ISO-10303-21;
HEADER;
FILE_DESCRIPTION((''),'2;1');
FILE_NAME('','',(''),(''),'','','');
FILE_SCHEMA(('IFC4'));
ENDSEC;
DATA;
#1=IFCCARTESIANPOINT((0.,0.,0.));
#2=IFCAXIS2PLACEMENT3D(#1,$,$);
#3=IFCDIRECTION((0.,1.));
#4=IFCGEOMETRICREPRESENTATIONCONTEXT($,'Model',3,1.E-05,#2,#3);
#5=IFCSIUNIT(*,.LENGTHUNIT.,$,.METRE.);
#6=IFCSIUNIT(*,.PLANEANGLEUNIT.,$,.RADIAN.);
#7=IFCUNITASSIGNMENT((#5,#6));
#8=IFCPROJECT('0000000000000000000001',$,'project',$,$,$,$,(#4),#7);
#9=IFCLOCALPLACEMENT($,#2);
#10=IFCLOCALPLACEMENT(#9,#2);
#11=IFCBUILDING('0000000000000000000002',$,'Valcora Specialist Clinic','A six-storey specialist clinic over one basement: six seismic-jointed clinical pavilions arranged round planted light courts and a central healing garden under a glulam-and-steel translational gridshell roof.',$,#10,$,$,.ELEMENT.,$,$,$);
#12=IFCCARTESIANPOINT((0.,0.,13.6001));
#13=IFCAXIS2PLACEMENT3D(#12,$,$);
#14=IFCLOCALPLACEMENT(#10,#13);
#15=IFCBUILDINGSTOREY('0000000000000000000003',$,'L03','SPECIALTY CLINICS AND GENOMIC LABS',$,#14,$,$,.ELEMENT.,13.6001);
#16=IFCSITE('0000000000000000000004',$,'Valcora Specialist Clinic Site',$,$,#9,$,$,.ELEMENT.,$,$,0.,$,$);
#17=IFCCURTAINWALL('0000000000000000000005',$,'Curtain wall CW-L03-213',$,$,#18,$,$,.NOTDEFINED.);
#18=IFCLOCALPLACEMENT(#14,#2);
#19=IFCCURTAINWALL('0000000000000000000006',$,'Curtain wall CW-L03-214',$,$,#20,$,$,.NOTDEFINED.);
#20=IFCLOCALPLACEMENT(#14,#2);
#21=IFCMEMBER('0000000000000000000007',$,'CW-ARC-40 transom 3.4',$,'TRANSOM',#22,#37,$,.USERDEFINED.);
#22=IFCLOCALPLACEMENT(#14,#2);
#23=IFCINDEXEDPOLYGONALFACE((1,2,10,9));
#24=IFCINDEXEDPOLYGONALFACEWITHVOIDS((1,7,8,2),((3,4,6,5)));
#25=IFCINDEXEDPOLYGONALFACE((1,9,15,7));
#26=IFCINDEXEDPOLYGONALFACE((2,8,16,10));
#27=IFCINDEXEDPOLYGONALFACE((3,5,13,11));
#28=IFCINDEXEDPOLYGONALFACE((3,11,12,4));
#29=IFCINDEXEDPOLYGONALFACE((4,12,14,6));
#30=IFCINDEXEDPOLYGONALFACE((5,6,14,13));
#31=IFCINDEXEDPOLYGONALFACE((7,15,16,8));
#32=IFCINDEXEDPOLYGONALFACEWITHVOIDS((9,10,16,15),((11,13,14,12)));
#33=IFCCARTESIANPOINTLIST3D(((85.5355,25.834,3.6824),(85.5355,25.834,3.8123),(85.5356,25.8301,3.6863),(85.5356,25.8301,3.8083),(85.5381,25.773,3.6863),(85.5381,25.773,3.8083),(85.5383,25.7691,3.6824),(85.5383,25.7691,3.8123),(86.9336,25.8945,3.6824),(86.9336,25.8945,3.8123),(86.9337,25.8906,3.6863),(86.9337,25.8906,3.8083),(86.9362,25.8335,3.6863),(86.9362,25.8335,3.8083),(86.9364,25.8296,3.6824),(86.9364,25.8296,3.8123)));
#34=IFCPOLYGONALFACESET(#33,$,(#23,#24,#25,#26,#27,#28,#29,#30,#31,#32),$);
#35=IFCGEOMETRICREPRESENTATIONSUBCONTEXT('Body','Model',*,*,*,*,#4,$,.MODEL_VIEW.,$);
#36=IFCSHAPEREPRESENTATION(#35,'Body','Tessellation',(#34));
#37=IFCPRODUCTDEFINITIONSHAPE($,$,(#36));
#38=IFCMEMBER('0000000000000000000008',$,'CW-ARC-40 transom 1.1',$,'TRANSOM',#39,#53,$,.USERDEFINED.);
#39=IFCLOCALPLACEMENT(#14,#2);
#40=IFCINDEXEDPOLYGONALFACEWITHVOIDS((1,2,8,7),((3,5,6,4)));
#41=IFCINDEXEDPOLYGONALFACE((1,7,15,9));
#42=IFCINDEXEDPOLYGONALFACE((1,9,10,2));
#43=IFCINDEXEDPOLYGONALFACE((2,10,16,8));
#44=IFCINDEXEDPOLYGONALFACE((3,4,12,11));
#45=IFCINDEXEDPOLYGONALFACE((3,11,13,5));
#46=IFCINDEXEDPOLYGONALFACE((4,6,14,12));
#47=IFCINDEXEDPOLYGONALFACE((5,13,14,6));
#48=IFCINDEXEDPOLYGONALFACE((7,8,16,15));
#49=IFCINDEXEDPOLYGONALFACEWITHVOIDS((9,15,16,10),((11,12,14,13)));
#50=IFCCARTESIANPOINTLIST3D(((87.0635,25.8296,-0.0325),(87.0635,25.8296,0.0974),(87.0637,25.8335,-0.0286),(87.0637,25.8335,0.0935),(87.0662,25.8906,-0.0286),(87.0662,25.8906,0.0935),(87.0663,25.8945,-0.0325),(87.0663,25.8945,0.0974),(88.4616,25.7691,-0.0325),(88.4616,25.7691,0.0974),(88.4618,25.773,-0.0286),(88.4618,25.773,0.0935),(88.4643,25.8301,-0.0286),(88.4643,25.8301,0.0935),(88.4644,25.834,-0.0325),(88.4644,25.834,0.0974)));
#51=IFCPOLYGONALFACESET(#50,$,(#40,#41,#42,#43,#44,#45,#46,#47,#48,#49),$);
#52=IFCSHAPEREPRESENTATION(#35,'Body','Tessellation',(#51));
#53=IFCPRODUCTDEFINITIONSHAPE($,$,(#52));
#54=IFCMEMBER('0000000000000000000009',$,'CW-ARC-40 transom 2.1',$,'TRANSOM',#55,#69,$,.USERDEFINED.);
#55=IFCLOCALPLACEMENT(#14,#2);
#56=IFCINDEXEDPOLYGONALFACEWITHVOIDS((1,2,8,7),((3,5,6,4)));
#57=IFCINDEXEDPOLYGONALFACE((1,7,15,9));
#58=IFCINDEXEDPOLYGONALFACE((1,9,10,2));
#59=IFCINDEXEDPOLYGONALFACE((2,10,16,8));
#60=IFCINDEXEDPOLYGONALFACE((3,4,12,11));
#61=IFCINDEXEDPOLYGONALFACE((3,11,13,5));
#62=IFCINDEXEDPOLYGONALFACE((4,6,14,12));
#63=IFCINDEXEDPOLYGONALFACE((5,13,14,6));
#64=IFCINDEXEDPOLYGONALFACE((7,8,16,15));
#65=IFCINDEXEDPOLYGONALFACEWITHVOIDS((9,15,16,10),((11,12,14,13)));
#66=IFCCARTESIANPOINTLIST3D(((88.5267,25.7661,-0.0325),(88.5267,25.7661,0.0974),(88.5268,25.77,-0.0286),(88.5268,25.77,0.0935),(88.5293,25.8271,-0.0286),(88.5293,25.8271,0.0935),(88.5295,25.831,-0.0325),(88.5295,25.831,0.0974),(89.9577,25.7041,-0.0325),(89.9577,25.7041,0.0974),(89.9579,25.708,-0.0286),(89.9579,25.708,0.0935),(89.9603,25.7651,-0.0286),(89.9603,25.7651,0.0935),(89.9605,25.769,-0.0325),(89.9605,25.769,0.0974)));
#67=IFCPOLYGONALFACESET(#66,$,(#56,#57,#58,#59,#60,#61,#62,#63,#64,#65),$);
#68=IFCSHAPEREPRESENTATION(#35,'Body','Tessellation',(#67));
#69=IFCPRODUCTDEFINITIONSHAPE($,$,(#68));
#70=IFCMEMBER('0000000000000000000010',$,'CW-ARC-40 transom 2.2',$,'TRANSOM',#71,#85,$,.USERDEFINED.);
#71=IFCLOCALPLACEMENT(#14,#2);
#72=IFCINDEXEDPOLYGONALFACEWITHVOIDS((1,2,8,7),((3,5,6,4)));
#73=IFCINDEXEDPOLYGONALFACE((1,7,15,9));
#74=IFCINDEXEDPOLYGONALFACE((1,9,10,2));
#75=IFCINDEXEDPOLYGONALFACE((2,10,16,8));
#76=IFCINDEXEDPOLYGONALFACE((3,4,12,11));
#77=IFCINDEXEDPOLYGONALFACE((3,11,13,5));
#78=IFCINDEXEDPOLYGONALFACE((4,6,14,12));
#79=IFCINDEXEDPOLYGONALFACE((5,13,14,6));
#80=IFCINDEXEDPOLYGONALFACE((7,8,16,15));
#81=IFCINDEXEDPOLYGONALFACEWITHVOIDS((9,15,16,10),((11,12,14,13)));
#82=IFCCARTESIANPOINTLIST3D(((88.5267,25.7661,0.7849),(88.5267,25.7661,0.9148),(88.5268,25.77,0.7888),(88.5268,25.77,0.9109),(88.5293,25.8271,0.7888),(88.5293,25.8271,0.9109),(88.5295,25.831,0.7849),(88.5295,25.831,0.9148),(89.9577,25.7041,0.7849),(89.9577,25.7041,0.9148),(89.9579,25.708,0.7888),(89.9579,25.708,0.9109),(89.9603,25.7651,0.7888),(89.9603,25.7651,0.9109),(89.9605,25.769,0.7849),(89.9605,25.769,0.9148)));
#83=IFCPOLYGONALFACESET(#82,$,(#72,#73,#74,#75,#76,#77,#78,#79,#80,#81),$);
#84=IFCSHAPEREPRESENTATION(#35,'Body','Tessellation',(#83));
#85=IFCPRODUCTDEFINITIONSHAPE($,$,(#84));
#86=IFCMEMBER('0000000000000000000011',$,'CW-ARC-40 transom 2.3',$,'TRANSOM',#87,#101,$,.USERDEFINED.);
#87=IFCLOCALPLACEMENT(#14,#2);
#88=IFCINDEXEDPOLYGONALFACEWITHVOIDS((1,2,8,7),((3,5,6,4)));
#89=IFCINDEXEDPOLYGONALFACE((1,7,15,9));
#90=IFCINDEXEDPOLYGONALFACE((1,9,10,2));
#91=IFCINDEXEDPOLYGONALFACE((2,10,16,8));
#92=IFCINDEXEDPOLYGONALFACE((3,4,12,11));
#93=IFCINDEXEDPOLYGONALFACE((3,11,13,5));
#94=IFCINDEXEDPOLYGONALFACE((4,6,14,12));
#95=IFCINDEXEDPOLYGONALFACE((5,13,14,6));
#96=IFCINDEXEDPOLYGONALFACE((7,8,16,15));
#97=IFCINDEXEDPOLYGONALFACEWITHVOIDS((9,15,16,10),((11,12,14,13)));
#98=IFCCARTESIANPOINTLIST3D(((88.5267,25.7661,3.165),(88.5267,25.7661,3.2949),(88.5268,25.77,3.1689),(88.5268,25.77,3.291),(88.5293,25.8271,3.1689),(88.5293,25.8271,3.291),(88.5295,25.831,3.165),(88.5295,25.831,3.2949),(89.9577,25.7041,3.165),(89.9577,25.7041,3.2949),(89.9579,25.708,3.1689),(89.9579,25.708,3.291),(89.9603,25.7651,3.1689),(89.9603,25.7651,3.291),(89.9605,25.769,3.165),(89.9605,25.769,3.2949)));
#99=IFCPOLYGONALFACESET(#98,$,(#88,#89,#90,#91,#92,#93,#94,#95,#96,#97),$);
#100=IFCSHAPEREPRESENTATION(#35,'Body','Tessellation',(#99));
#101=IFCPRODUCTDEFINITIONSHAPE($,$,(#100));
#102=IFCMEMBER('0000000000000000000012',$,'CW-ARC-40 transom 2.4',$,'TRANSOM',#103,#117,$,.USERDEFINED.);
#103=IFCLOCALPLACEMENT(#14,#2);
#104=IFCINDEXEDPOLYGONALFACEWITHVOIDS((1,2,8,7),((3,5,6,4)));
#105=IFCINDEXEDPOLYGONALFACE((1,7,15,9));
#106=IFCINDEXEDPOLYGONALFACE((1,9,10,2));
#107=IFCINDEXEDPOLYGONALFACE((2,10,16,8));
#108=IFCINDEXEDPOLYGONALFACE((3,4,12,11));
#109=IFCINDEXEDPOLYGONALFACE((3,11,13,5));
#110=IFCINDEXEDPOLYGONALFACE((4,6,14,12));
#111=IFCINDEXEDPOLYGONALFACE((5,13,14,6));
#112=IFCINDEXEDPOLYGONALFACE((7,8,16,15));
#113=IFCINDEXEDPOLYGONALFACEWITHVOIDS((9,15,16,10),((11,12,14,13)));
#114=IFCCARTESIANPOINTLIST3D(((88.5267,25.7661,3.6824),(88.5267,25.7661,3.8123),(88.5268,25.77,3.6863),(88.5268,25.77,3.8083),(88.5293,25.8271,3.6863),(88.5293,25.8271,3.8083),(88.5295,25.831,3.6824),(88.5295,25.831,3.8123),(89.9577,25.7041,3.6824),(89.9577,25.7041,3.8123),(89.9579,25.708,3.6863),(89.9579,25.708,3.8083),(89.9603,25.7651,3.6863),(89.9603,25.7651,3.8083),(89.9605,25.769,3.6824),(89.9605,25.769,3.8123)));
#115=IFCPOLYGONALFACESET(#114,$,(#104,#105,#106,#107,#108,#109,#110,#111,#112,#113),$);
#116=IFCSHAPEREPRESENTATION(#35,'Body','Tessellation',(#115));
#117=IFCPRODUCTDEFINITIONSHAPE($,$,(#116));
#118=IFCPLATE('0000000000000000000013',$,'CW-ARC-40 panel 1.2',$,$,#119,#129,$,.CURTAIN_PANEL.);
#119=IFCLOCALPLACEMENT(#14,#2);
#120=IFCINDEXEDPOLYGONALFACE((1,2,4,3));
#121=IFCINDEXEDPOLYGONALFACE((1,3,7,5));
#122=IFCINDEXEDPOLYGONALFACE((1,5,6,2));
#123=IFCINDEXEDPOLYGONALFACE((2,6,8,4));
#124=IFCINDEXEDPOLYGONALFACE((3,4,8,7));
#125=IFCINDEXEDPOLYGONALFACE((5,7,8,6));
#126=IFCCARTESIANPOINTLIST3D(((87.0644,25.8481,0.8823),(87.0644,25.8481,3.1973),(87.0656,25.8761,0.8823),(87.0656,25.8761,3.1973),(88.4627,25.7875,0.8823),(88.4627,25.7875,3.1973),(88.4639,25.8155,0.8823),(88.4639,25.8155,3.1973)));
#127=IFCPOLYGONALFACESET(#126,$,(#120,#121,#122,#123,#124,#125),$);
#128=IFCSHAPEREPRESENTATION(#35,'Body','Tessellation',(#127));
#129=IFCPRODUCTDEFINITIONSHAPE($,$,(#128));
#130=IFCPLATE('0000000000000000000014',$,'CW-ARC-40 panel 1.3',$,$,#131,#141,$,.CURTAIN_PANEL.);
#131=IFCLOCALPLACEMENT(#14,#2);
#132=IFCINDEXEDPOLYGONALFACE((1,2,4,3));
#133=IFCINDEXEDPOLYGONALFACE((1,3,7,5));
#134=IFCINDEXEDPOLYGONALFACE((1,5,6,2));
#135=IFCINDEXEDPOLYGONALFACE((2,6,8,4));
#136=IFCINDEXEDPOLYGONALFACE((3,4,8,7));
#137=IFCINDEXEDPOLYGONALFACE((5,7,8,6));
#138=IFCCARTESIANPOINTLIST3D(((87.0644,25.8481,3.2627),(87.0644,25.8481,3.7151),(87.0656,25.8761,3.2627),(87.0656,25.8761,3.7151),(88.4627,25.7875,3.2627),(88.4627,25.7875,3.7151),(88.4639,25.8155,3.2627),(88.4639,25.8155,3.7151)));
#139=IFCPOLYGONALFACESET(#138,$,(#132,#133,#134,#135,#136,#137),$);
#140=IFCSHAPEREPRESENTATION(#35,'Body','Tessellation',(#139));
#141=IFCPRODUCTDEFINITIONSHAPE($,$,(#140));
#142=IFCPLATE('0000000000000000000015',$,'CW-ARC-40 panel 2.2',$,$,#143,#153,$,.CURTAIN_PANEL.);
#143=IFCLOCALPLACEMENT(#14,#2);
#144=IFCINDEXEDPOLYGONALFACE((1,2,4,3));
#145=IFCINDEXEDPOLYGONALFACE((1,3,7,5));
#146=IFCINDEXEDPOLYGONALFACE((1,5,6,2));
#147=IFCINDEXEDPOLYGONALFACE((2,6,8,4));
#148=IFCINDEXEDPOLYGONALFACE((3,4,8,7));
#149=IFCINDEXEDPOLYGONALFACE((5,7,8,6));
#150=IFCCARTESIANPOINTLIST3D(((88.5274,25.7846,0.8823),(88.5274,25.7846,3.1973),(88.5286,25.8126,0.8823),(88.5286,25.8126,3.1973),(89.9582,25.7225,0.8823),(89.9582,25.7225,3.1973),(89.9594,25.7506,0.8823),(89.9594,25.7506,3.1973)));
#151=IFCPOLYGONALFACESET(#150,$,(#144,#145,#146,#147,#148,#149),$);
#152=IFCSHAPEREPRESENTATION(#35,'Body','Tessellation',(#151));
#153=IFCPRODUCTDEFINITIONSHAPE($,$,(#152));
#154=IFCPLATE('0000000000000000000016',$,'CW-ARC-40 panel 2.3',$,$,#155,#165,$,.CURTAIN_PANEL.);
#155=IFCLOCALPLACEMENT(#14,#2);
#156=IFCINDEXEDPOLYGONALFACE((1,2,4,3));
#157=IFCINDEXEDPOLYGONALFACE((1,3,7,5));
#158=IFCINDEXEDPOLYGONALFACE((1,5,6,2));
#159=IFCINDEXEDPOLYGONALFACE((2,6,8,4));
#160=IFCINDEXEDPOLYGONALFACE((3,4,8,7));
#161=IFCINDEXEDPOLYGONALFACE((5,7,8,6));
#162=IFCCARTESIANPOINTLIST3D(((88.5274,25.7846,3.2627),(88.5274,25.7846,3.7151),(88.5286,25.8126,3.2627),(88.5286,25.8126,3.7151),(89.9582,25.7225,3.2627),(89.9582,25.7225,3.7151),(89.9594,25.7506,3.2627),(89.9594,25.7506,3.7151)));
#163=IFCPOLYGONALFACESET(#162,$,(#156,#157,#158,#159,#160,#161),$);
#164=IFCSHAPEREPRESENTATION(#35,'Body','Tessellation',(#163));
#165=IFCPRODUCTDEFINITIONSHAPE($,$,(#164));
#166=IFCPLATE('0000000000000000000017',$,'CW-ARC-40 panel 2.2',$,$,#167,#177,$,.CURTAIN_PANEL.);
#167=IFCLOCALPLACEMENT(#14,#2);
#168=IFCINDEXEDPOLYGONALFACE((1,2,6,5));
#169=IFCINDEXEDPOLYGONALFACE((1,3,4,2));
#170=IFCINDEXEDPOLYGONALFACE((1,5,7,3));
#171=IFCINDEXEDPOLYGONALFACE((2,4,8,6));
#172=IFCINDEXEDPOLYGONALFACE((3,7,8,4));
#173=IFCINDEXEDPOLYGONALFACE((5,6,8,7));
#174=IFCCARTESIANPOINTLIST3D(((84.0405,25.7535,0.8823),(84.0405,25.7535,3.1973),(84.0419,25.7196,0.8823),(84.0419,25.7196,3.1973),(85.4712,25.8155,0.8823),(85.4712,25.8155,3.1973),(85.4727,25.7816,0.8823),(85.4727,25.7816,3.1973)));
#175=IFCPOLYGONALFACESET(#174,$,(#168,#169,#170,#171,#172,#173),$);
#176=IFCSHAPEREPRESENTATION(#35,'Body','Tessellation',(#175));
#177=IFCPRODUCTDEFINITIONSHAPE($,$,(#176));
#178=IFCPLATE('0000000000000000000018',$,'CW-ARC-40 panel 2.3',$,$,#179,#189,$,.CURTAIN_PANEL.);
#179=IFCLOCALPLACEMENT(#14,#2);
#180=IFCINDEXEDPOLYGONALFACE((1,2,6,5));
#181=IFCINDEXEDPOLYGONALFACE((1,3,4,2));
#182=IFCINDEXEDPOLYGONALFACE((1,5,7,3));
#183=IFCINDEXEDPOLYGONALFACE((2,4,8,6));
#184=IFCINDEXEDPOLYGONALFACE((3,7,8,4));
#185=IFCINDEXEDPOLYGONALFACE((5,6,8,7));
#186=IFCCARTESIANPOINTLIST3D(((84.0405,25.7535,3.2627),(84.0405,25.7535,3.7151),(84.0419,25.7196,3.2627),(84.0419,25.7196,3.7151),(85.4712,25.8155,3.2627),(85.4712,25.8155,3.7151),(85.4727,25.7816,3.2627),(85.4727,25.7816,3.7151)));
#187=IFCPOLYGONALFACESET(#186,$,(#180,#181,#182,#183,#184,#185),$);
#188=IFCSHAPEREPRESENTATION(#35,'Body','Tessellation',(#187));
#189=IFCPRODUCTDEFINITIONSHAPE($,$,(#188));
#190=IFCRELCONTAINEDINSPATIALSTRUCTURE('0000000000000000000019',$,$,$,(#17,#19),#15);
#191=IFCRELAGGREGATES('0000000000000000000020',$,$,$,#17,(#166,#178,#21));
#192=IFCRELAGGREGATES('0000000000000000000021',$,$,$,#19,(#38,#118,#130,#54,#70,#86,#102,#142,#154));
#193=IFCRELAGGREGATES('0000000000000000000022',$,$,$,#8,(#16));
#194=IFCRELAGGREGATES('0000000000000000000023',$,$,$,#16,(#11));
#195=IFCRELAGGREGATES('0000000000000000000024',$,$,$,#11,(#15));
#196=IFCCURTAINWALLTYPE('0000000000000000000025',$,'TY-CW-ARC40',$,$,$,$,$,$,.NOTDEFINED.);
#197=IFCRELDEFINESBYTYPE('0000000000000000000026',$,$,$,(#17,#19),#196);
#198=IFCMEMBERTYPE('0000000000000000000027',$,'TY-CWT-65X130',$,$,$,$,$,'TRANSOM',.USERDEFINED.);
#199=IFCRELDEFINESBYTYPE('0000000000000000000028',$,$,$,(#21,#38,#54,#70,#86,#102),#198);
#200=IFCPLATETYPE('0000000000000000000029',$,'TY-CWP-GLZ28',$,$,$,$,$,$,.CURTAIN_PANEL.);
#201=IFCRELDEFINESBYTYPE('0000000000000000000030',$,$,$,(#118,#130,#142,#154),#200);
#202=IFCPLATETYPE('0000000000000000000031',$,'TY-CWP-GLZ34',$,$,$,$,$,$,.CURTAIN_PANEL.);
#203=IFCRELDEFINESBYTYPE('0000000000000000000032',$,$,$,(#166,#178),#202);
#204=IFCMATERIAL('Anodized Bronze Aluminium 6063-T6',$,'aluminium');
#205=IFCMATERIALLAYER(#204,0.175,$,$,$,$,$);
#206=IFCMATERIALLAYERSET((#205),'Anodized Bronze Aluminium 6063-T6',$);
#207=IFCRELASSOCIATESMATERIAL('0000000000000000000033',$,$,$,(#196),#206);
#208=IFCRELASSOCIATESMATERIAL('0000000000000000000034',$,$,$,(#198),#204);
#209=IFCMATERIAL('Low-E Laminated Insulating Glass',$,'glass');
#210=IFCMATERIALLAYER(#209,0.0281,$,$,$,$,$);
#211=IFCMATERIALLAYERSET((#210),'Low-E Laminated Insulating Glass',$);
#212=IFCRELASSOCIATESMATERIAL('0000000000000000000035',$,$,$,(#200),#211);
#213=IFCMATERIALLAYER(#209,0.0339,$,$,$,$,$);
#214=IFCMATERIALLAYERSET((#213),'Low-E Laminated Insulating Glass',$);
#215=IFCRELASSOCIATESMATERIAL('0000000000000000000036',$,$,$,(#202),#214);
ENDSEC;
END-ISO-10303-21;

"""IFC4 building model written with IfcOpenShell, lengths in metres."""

from ifc_helpers import new_model, si_unit, direction, frame, origin, origin_2d, place, context, subcontext, project, spatial, rectangle, hollow_rectangle, extrude, material, layer, layer_set, material_profile, profile_set, type_object, element, aggregate, save


model = new_model("IFC4")

# Units and contexts
model_context = context("Model", 3, precision=1e-05, world=origin(), true_north=direction((0.0, 1.0)))
body_context = subcontext(model_context, "Body", "Model", "MODEL_VIEW")
ifc_project = project(units=[si_unit("LENGTHUNIT", "METRE"), si_unit("PLANEANGLEUNIT", "RADIAN")], contexts=[model_context])

# Site, building, storey
site_placement = place(None, origin())
site = spatial("IfcSite", under=ifc_project, at=site_placement, Name="Valcora Specialist Clinic Site", CompositionType="ELEMENT", RefElevation=0.0)
building_placement = place(site_placement, origin())
building = spatial("IfcBuilding", under=site, at=building_placement, Name="Valcora Specialist Clinic", Description="A six-storey specialist clinic over one basement: six seismic-jointed clinical pavilions arranged round planted light courts and a central healing garden under a glulam-and-steel translational gridshell roof.", CompositionType="ELEMENT")
storey_placement = place(building_placement, frame((0.0, 0.0, 13.6001)))
storey = spatial("IfcBuildingStorey", under=building, at=storey_placement, Name="L03", Description="SPECIALTY CLINICS AND GENOMIC LABS", CompositionType="ELEMENT", Elevation=13.6001)

# Curtain walls
ifc_material_1 = material(Name="Anodized Bronze Aluminium 6063-T6", Category="aluminium")
ifc_layer_1 = layer(ifc_material_1, 0.175)
ifc_layer_set_1 = layer_set([ifc_layer_1], Name="Anodized Bronze Aluminium 6063-T6")
curtain_wall_type = type_object("IfcCurtainWallType", Name="TY-CW-ARC40", PredefinedType="NOTDEFINED", material=ifc_layer_set_1)
curtain_wall_1_placement = place(storey_placement, origin())
curtain_wall_1 = element("IfcCurtainWall", 1, at=curtain_wall_1_placement, inside=storey, type_object=curtain_wall_type, Name="Curtain wall CW-L03-213", PredefinedType="NOTDEFINED")
curtain_wall_2_placement = place(storey_placement, origin())
curtain_wall_2 = element("IfcCurtainWall", 2, at=curtain_wall_2_placement, inside=storey, type_object=curtain_wall_type, Name="Curtain wall CW-L03-214", PredefinedType="NOTDEFINED")

# Members
ifc_material_profile_1 = material_profile(ifc_material_1, hollow_rectangle(XDim=0.0649, YDim=0.1299, WallThickness=0.0039, at=origin_2d()), Name="AL-TRN-65X130")
ifc_profile_set_1 = profile_set([ifc_material_profile_1], Name="Anodized Bronze Aluminium 6063-T6")
member_type_1 = type_object("IfcMemberType", Name="TY-CWT-65X130", ElementType="TRANSOM", PredefinedType="USERDEFINED", material=ifc_profile_set_1)
member_1_placement = place(storey_placement, frame((85.5369, 25.8015, 3.7473), z_axis=(0.999064, 0.043263, 0.0), x_axis=(-0.043263, 0.999064, 0.0)))
member_1 = element("IfcMember", 3, at=member_1_placement, type_object=member_type_1, Name="CW-ARC-40 transom 3.4", ObjectType="TRANSOM", PredefinedType="USERDEFINED", context=body_context, shape_type="SweptSolid", body=[
    extrude(hollow_rectangle(XDim=0.0649, YDim=0.1299, WallThickness=0.0039, at=origin_2d()), origin(), (0.0, 0.0, 1.0), 1.3994),
])
member_2_placement = place(storey_placement, frame((87.0649, 25.8621, 0.0325), z_axis=(0.999064, -0.043263, 0.0), x_axis=(0.043263, 0.999064, 0.0)))
member_2 = element("IfcMember", 4, at=member_2_placement, type_object=member_type_1, Name="CW-ARC-40 transom 1.1", ObjectType="TRANSOM", PredefinedType="USERDEFINED", context=body_context, shape_type="SweptSolid", body=[
    extrude(hollow_rectangle(XDim=0.0649, YDim=0.1299, WallThickness=0.0039, at=origin_2d()), origin(), (0.0, 0.0, 1.0), 1.3994),
])
member_3_placement = place(storey_placement, frame((88.5281, 25.7986, 0.0325), z_axis=(0.999062, -0.043297, 0.0), x_axis=(0.043297, 0.999062, 0.0)))
member_3 = element("IfcMember", 5, at=member_3_placement, type_object=member_type_1, Name="CW-ARC-40 transom 2.1", ObjectType="TRANSOM", PredefinedType="USERDEFINED", context=body_context, shape_type="SweptSolid", body=[
    extrude(hollow_rectangle(XDim=0.0649, YDim=0.1299, WallThickness=0.0039, at=origin_2d()), origin(), (0.0, 0.0, 1.0), 1.4324),
])
member_4_placement = place(storey_placement, frame((88.5281, 25.7986, 0.8499), z_axis=(0.999062, -0.043297, 0.0), x_axis=(0.043297, 0.999062, 0.0)))
member_4 = element("IfcMember", 6, at=member_4_placement, type_object=member_type_1, Name="CW-ARC-40 transom 2.2", ObjectType="TRANSOM", PredefinedType="USERDEFINED", context=body_context, shape_type="SweptSolid", body=[
    extrude(hollow_rectangle(XDim=0.0649, YDim=0.1299, WallThickness=0.0039, at=origin_2d()), origin(), (0.0, 0.0, 1.0), 1.4324),
])
member_5_placement = place(storey_placement, frame((88.5281, 25.7986, 3.23), z_axis=(0.999062, -0.043297, 0.0), x_axis=(0.043297, 0.999062, 0.0)))
member_5 = element("IfcMember", 7, at=member_5_placement, type_object=member_type_1, Name="CW-ARC-40 transom 2.3", ObjectType="TRANSOM", PredefinedType="USERDEFINED", context=body_context, shape_type="SweptSolid", body=[
    extrude(hollow_rectangle(XDim=0.0649, YDim=0.1299, WallThickness=0.0039, at=origin_2d()), origin(), (0.0, 0.0, 1.0), 1.4324),
])
member_6_placement = place(storey_placement, frame((88.5281, 25.7986, 3.7473), z_axis=(0.999062, -0.043297, 0.0), x_axis=(0.043297, 0.999062, 0.0)))
member_6 = element("IfcMember", 8, at=member_6_placement, type_object=member_type_1, Name="CW-ARC-40 transom 2.4", ObjectType="TRANSOM", PredefinedType="USERDEFINED", context=body_context, shape_type="SweptSolid", body=[
    extrude(hollow_rectangle(XDim=0.0649, YDim=0.1299, WallThickness=0.0039, at=origin_2d()), origin(), (0.0, 0.0, 1.0), 1.4324),
])

# Plates
ifc_material_2 = material(Name="Low-E Laminated Insulating Glass", Category="glass")
ifc_layer_2 = layer(ifc_material_2, 0.0281)
ifc_layer_set_2 = layer_set([ifc_layer_2], Name="Low-E Laminated Insulating Glass")
plate_type_1 = type_object("IfcPlateType", Name="TY-CWP-GLZ28", PredefinedType="CURTAIN_PANEL", material=ifc_layer_set_2)
plate_1_placement = place(storey_placement, frame((87.7642, 25.8318, 0.8823), z_axis=(0.0, 0.0, 1.0), x_axis=(0.999062, -0.043307, 0.0)))
plate_1 = element("IfcPlate", 9, at=plate_1_placement, type_object=plate_type_1, Name="CW-ARC-40 panel 1.2", PredefinedType="CURTAIN_PANEL", context=body_context, shape_type="SweptSolid", body=[
    extrude(rectangle(XDim=1.3997, YDim=0.0281, at=origin_2d()), origin(), (0.0, 0.0, 1.0), 2.3149),
])
plate_2_placement = place(storey_placement, frame((87.7642, 25.8318, 3.2627), z_axis=(0.0, 0.0, 1.0), x_axis=(0.999062, -0.043307, 0.0)))
plate_2 = element("IfcPlate", 10, at=plate_2_placement, type_object=plate_type_1, Name="CW-ARC-40 panel 1.3", PredefinedType="CURTAIN_PANEL", context=body_context, shape_type="SweptSolid", body=[
    extrude(rectangle(XDim=1.3997, YDim=0.0281, at=origin_2d()), origin(), (0.0, 0.0, 1.0), 0.4524),
])
plate_3_placement = place(storey_placement, frame((89.2434, 25.7676, 0.8823), z_axis=(0.0, 0.0, 1.0), x_axis=(0.999062, -0.043307, 0.0)))
plate_3 = element("IfcPlate", 11, at=plate_3_placement, type_object=plate_type_1, Name="CW-ARC-40 panel 2.2", PredefinedType="CURTAIN_PANEL", context=body_context, shape_type="SweptSolid", body=[
    extrude(rectangle(XDim=1.4321, YDim=0.0281, at=origin_2d()), origin(), (0.0, 0.0, 1.0), 2.3149),
])
plate_4_placement = place(storey_placement, frame((89.2434, 25.7676, 3.2627), z_axis=(0.0, 0.0, 1.0), x_axis=(0.999062, -0.043307, 0.0)))
plate_4 = element("IfcPlate", 12, at=plate_4_placement, type_object=plate_type_1, Name="CW-ARC-40 panel 2.3", PredefinedType="CURTAIN_PANEL", context=body_context, shape_type="SweptSolid", body=[
    extrude(rectangle(XDim=1.4321, YDim=0.0281, at=origin_2d()), origin(), (0.0, 0.0, 1.0), 0.4524),
])
ifc_layer_3 = layer(ifc_material_2, 0.0339)
ifc_layer_set_3 = layer_set([ifc_layer_3], Name="Low-E Laminated Insulating Glass")
plate_type_2 = type_object("IfcPlateType", Name="TY-CWP-GLZ34", PredefinedType="CURTAIN_PANEL", material=ifc_layer_set_3)
plate_5_placement = place(storey_placement, frame((84.7566, 25.7676, 0.8823), z_axis=(0.0, 0.0, 1.0), x_axis=(0.999062, 0.043307, 0.0)))
plate_5 = element("IfcPlate", 13, at=plate_5_placement, type_object=plate_type_2, Name="CW-ARC-40 panel 2.2", PredefinedType="CURTAIN_PANEL", context=body_context, shape_type="SweptSolid", body=[
    extrude(rectangle(XDim=1.4321, YDim=0.0339, at=origin_2d()), origin(), (0.0, 0.0, 1.0), 2.3149),
])
plate_6_placement = place(storey_placement, frame((84.7566, 25.7676, 3.2627), z_axis=(0.0, 0.0, 1.0), x_axis=(0.999062, 0.043307, 0.0)))
plate_6 = element("IfcPlate", 14, at=plate_6_placement, type_object=plate_type_2, Name="CW-ARC-40 panel 2.3", PredefinedType="CURTAIN_PANEL", context=body_context, shape_type="SweptSolid", body=[
    extrude(rectangle(XDim=1.4321, YDim=0.0339, at=origin_2d()), origin(), (0.0, 0.0, 1.0), 0.4524),
])
aggregate(curtain_wall_1, [plate_5, plate_6, member_1])
aggregate(curtain_wall_2, [member_2, plate_1, plate_2, member_3, member_4, member_5, member_6, plate_3, plate_4])

save(model, "model.ifc")
